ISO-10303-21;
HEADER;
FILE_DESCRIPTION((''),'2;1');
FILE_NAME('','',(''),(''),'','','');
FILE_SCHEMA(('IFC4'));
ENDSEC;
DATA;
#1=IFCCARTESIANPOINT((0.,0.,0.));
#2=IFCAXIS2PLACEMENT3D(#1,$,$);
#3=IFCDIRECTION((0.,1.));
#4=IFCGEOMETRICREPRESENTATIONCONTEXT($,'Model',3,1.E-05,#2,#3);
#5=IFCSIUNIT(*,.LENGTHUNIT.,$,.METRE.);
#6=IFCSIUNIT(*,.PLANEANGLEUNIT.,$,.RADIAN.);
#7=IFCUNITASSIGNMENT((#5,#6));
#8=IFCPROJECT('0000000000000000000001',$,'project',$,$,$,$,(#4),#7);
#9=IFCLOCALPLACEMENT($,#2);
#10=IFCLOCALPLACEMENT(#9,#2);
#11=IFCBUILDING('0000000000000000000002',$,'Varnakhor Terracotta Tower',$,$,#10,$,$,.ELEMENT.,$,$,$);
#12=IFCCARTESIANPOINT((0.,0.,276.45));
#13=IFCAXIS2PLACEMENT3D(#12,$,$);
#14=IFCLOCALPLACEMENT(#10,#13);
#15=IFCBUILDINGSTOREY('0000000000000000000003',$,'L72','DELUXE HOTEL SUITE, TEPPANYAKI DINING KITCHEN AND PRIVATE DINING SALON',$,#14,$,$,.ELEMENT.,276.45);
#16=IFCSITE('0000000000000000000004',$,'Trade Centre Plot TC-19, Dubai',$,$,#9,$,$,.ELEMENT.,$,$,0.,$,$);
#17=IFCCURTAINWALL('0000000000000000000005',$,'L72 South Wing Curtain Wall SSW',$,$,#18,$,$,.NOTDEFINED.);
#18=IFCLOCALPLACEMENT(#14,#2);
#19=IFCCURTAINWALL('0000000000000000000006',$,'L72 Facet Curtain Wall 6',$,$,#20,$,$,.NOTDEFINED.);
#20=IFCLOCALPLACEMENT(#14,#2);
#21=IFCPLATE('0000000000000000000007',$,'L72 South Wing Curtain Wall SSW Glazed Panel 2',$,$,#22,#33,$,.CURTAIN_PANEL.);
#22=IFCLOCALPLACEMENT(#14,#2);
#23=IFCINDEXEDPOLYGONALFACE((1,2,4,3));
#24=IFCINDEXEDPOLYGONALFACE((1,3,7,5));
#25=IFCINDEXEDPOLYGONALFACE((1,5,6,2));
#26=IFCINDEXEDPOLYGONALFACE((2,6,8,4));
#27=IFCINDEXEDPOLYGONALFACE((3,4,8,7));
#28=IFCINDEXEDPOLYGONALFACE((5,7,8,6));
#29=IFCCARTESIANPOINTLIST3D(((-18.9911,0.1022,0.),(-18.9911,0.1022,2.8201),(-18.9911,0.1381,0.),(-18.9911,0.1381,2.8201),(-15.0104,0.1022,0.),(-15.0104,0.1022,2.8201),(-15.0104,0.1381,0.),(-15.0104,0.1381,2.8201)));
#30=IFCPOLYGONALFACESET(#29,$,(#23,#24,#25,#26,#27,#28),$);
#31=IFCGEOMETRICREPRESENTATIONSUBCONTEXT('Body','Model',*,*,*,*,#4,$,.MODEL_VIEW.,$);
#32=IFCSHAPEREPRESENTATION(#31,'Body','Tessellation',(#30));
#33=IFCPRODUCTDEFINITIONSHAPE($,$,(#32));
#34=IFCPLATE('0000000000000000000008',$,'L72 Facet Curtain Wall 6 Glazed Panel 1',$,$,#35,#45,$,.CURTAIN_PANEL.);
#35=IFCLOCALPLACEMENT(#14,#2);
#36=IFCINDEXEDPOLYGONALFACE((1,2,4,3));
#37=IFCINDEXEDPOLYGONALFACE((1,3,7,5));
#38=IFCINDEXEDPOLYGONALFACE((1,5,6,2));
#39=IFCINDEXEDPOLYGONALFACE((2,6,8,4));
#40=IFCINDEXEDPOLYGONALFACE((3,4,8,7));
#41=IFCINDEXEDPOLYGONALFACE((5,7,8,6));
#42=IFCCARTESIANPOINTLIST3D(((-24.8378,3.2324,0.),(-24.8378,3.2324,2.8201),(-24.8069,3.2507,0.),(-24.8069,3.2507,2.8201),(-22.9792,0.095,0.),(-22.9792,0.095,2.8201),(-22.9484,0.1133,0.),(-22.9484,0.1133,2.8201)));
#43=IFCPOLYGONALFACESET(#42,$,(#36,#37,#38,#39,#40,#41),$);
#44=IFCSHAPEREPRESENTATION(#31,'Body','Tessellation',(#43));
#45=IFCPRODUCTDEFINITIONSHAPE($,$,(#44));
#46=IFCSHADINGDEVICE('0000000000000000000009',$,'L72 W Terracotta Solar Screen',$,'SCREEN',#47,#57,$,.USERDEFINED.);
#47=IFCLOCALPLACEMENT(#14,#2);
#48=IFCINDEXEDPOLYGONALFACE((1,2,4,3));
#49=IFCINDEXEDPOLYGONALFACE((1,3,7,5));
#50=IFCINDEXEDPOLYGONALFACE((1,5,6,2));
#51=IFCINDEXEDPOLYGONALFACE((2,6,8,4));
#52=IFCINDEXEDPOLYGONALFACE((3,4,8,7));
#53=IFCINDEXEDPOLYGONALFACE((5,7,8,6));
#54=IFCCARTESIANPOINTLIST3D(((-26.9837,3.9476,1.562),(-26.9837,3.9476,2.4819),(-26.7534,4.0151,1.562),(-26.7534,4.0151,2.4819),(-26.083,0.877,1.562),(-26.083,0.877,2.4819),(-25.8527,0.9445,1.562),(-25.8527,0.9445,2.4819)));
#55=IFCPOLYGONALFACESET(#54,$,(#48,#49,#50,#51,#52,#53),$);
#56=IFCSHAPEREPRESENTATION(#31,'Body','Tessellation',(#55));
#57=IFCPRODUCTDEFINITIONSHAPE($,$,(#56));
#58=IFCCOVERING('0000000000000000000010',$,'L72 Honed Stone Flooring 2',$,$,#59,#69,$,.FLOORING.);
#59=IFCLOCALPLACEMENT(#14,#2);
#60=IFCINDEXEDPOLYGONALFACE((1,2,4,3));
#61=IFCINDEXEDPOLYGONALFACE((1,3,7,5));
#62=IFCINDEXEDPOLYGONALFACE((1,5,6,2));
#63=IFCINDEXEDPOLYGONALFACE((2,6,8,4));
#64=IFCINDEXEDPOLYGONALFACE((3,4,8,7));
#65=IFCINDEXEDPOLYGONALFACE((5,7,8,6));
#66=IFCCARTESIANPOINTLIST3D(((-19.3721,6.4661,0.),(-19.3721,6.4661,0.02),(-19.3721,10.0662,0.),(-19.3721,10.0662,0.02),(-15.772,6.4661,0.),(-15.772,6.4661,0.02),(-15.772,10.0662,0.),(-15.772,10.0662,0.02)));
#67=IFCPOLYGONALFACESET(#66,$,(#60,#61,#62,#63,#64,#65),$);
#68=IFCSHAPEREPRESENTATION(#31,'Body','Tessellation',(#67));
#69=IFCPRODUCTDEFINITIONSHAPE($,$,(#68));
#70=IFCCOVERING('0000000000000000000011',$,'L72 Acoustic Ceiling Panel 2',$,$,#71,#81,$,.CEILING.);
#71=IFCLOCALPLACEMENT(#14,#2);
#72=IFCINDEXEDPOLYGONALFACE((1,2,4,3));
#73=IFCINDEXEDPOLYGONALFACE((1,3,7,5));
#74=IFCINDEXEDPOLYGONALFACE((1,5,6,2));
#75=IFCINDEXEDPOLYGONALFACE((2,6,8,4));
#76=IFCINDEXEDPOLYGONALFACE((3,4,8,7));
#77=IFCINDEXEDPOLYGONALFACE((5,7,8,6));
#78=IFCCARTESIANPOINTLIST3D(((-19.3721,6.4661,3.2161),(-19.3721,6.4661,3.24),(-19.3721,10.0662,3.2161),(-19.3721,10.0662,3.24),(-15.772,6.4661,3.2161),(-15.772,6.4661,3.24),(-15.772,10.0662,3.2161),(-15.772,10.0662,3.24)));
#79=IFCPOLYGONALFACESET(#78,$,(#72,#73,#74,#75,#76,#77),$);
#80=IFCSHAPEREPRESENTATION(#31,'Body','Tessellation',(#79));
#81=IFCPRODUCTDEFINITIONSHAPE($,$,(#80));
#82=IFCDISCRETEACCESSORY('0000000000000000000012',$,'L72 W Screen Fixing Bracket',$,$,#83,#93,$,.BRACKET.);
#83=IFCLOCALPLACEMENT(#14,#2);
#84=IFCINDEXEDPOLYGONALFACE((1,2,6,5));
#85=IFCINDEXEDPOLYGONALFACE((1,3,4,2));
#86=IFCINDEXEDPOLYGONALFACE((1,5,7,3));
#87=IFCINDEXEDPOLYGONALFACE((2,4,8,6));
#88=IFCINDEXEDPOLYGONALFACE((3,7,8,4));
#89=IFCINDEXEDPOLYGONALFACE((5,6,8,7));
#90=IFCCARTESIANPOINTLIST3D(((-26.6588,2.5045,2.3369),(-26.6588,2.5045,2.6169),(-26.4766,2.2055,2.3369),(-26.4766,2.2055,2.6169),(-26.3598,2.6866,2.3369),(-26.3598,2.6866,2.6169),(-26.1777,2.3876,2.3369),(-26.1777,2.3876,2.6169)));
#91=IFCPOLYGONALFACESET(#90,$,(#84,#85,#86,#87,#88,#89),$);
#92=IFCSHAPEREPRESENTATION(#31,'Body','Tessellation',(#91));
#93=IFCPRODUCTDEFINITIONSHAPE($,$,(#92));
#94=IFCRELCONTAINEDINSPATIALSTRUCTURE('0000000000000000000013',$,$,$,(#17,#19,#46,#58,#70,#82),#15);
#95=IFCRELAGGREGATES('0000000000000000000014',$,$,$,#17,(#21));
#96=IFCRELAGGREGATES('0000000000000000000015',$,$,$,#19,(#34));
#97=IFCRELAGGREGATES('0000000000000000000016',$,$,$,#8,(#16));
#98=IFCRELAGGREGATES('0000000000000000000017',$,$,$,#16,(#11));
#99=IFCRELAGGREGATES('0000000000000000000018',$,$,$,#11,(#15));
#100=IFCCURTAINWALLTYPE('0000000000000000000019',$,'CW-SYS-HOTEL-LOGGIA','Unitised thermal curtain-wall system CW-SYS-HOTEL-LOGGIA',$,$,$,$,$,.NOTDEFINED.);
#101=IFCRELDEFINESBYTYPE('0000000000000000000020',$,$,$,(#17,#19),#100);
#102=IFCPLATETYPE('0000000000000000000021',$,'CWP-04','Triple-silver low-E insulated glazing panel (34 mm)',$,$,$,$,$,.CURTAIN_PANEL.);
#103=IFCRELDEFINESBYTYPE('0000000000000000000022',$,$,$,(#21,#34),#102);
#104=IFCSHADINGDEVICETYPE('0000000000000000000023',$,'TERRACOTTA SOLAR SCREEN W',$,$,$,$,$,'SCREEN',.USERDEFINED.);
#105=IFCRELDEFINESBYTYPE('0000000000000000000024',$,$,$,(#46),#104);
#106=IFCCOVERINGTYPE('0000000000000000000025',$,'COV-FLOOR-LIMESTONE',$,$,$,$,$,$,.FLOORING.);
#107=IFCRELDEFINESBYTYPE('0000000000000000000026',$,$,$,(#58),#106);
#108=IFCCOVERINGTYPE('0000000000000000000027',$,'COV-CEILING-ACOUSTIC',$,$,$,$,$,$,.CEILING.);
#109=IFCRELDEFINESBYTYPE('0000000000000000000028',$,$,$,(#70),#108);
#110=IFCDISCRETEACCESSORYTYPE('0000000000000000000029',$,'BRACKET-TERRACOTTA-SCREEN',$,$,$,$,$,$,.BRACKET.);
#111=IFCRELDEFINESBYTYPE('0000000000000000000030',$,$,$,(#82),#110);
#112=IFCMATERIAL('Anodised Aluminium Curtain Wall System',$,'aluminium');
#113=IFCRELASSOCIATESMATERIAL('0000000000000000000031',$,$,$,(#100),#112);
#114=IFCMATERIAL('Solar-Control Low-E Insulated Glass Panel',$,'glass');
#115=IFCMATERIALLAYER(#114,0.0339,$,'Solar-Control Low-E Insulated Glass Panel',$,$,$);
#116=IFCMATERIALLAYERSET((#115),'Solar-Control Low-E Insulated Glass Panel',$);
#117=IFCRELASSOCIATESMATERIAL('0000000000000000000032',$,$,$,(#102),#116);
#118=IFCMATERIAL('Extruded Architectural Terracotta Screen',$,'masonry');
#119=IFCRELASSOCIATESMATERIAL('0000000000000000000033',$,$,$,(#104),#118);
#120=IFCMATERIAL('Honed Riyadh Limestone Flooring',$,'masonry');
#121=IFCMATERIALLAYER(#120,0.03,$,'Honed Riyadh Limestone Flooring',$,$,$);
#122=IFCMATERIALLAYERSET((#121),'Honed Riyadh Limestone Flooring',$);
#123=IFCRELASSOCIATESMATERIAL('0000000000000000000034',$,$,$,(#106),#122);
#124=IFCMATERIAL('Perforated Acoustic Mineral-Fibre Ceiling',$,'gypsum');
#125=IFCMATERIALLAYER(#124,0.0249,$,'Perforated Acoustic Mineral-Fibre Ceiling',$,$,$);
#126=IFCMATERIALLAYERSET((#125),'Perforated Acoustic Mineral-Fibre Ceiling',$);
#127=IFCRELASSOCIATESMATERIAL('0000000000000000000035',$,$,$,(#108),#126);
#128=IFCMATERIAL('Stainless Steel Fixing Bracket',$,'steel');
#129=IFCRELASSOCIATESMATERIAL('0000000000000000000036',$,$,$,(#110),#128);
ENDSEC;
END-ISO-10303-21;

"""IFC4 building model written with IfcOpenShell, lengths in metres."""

from ifc_helpers import new_model, si_unit, direction, frame, origin, origin_2d, place, context, subcontext, project, spatial, rectangle, extrude, source, transform, mapped, material, layer, layer_set, type_object, type_shapes, element, aggregate, save


model = new_model("IFC4")

# Units and contexts
model_context = context("Model", 3, precision=1e-05, world=origin(), true_north=direction((0.0, 1.0)))
body_context = subcontext(model_context, "Body", "Model", "MODEL_VIEW")
ifc_project = project(units=[si_unit("LENGTHUNIT", "METRE"), si_unit("PLANEANGLEUNIT", "RADIAN")], contexts=[model_context])

# Site, building, storey
site_placement = place(None, origin())
site = spatial("IfcSite", under=ifc_project, at=site_placement, Name="Trade Centre Plot TC-19, Dubai", CompositionType="ELEMENT", RefElevation=0.0)
building_placement = place(site_placement, origin())
building = spatial("IfcBuilding", under=site, at=building_placement, Name="Varnakhor Terracotta Tower", CompositionType="ELEMENT")
storey_placement = place(building_placement, frame((0.0, 0.0, 276.45)))
storey = spatial("IfcBuildingStorey", under=building, at=storey_placement, Name="L72", Description="DELUXE HOTEL SUITE, TEPPANYAKI DINING KITCHEN AND PRIVATE DINING SALON", CompositionType="ELEMENT", Elevation=276.45)

# Curtain wall
ifc_material_1 = material(Name="Anodised Aluminium Curtain Wall System", Category="aluminium")
curtain_wall_type = type_object("IfcCurtainWallType", Name="CW-SYS-HOTEL-LOGGIA", Description="Unitised thermal curtain-wall system CW-SYS-HOTEL-LOGGIA", PredefinedType="NOTDEFINED", material=ifc_material_1)
curtain_wall_1_placement = place(storey_placement, origin())
curtain_wall_1 = element("IfcCurtainWall", 1, at=curtain_wall_1_placement, inside=storey, type_object=curtain_wall_type, Name="L72 South Wing Curtain Wall SSW", PredefinedType="NOTDEFINED")

# Curtain wall
curtain_wall_2_placement = place(storey_placement, origin())
curtain_wall_2 = element("IfcCurtainWall", 2, at=curtain_wall_2_placement, inside=storey, type_object=curtain_wall_type, Name="L72 Facet Curtain Wall 6", PredefinedType="NOTDEFINED")

# Plates
ifc_material_2 = material(Name="Solar-Control Low-E Insulated Glass Panel", Category="glass")
ifc_layer_1 = layer(ifc_material_2, 0.0339, Name="Solar-Control Low-E Insulated Glass Panel")
ifc_layer_set_1 = layer_set([ifc_layer_1], Name="Solar-Control Low-E Insulated Glass Panel")
plate_type = type_object("IfcPlateType", Name="CWP-04", Description="Triple-silver low-E insulated glazing panel (34 mm)", PredefinedType="CURTAIN_PANEL", material=ifc_layer_set_1)
shared_shape_1 = source(origin(), body_context, "Body", "SweptSolid", [
    extrude(rectangle(XDim=3.9807, YDim=0.0359, at=origin_2d()), origin(), (0.0, 0.0, 1.0), 2.8201),
])
plate_1_placement = place(storey_placement, frame((-17.0007, 0.1201, 0.0), z_axis=(0.0, 0.0, 1.0), x_axis=(-1.0, 0.0, 0.0)))
plate_1 = element("IfcPlate", 3, at=plate_1_placement, type_object=plate_type, Name="L72 South Wing Curtain Wall SSW Glazed Panel 2", PredefinedType="CURTAIN_PANEL", context=body_context, shape_type="MappedRepresentation", body=[
    mapped(shared_shape_1, transform((0.0, 0.0, 0.0), scale=1.0)),
])
aggregate(curtain_wall_1, [plate_1])
shared_shape_2 = source(origin(), body_context, "Body", "SweptSolid", [
    extrude(rectangle(XDim=3.6465, YDim=0.0359, at=origin_2d()), origin(), (0.0, 0.0, 1.0), 2.8201),
])
plate_2_placement = place(storey_placement, frame((-23.8931, 1.6729, 0.0), z_axis=(0.0, 0.0, 1.0), x_axis=(-0.509672, 0.860369, 0.0)))
plate_2 = element("IfcPlate", 4, at=plate_2_placement, type_object=plate_type, Name="L72 Facet Curtain Wall 6 Glazed Panel 1", PredefinedType="CURTAIN_PANEL", context=body_context, shape_type="MappedRepresentation", body=[
    mapped(shared_shape_2, transform((0.0, 0.0, 0.0), scale=1.0)),
])
aggregate(curtain_wall_2, [plate_2])

# Shading device
ifc_material_3 = material(Name="Extruded Architectural Terracotta Screen", Category="masonry")
shading_device_type = type_object("IfcShadingDeviceType", Name="TERRACOTTA SOLAR SCREEN W", ElementType="SCREEN", PredefinedType="USERDEFINED", material=ifc_material_3)
shared_shape_3 = source(origin(), body_context, "Body", "SweptSolid", [
    extrude(rectangle(XDim=3.2, YDim=0.24, at=origin_2d()), origin(), (0.0, 0.0, 1.0), 0.9199),
])
type_shapes(shading_device_type, [shared_shape_3])
shading_device_placement = place(storey_placement, frame((-26.4182, 2.446, 1.562), z_axis=(0.0, 0.0, 1.0), x_axis=(0.281454, -0.959575, 0.0)))
element("IfcShadingDevice", 5, at=shading_device_placement, inside=storey, type_object=shading_device_type, Name="L72 W Terracotta Solar Screen", ObjectType="SCREEN", PredefinedType="USERDEFINED", context=body_context, shape_type="MappedRepresentation", body=[
    mapped(shared_shape_3, transform((0.0, 0.0, 0.0), scale=1.0)),
])

# Coverings
ifc_material_4 = material(Name="Honed Riyadh Limestone Flooring", Category="masonry")
ifc_layer_2 = layer(ifc_material_4, 0.03, Name="Honed Riyadh Limestone Flooring")
ifc_layer_set_2 = layer_set([ifc_layer_2], Name="Honed Riyadh Limestone Flooring")
covering_type_1 = type_object("IfcCoveringType", Name="COV-FLOOR-LIMESTONE", PredefinedType="FLOORING", material=ifc_layer_set_2)
shared_shape_4 = source(origin(), body_context, "Body", "SweptSolid", [
    extrude(rectangle(XDim=3.6001, YDim=3.6001, at=origin_2d()), origin(), (0.0, 0.0, 1.0), 0.02),
])
covering_1_placement = place(storey_placement, frame((-17.572, 8.2661, 0.0), z_axis=(0.0, 0.0, 1.0), x_axis=(1.0, 0.0, 0.0)))
element("IfcCovering", 6, at=covering_1_placement, inside=storey, type_object=covering_type_1, Name="L72 Honed Stone Flooring 2", PredefinedType="FLOORING", context=body_context, shape_type="MappedRepresentation", body=[
    mapped(shared_shape_4, transform((0.0, 0.0, 0.0), scale=1.0)),
])
ifc_material_5 = material(Name="Perforated Acoustic Mineral-Fibre Ceiling", Category="gypsum")
ifc_layer_3 = layer(ifc_material_5, 0.0249, Name="Perforated Acoustic Mineral-Fibre Ceiling")
ifc_layer_set_3 = layer_set([ifc_layer_3], Name="Perforated Acoustic Mineral-Fibre Ceiling")
covering_type_2 = type_object("IfcCoveringType", Name="COV-CEILING-ACOUSTIC", PredefinedType="CEILING", material=ifc_layer_set_3)
shared_shape_5 = source(origin(), body_context, "Body", "SweptSolid", [
    extrude(rectangle(XDim=3.6001, YDim=3.6001, at=origin_2d()), origin(), (0.0, 0.0, 1.0), 0.0239),
])
covering_2_placement = place(storey_placement, frame((-17.572, 8.2661, 3.2161), z_axis=(0.0, 0.0, 1.0), x_axis=(1.0, 0.0, 0.0)))
element("IfcCovering", 7, at=covering_2_placement, inside=storey, type_object=covering_type_2, Name="L72 Acoustic Ceiling Panel 2", PredefinedType="CEILING", context=body_context, shape_type="MappedRepresentation", body=[
    mapped(shared_shape_5, transform((0.0, 0.0, 0.0), scale=1.0)),
])

# Discrete accessory
ifc_material_6 = material(Name="Stainless Steel Fixing Bracket", Category="steel")
discrete_accessory_type = type_object("IfcDiscreteAccessoryType", Name="BRACKET-TERRACOTTA-SCREEN", PredefinedType="BRACKET", material=ifc_material_6)
shared_shape_6 = source(origin(), body_context, "Body", "SweptSolid", [
    extrude(rectangle(XDim=0.3501, YDim=0.3501, at=origin_2d()), origin(), (0.0, 0.0, 1.0), 0.28),
])
type_shapes(discrete_accessory_type, [shared_shape_6])
discrete_accessory_placement = place(storey_placement, frame((-26.4182, 2.446, 2.3369), z_axis=(0.0, 0.0, 1.0), x_axis=(0.52022, -0.854032, 0.0)))
element("IfcDiscreteAccessory", 8, at=discrete_accessory_placement, inside=storey, type_object=discrete_accessory_type, Name="L72 W Screen Fixing Bracket", PredefinedType="BRACKET", context=body_context, shape_type="MappedRepresentation", body=[
    mapped(shared_shape_6, transform((0.0, 0.0, 0.0), scale=1.0)),
])

save(model, "model.ifc")
